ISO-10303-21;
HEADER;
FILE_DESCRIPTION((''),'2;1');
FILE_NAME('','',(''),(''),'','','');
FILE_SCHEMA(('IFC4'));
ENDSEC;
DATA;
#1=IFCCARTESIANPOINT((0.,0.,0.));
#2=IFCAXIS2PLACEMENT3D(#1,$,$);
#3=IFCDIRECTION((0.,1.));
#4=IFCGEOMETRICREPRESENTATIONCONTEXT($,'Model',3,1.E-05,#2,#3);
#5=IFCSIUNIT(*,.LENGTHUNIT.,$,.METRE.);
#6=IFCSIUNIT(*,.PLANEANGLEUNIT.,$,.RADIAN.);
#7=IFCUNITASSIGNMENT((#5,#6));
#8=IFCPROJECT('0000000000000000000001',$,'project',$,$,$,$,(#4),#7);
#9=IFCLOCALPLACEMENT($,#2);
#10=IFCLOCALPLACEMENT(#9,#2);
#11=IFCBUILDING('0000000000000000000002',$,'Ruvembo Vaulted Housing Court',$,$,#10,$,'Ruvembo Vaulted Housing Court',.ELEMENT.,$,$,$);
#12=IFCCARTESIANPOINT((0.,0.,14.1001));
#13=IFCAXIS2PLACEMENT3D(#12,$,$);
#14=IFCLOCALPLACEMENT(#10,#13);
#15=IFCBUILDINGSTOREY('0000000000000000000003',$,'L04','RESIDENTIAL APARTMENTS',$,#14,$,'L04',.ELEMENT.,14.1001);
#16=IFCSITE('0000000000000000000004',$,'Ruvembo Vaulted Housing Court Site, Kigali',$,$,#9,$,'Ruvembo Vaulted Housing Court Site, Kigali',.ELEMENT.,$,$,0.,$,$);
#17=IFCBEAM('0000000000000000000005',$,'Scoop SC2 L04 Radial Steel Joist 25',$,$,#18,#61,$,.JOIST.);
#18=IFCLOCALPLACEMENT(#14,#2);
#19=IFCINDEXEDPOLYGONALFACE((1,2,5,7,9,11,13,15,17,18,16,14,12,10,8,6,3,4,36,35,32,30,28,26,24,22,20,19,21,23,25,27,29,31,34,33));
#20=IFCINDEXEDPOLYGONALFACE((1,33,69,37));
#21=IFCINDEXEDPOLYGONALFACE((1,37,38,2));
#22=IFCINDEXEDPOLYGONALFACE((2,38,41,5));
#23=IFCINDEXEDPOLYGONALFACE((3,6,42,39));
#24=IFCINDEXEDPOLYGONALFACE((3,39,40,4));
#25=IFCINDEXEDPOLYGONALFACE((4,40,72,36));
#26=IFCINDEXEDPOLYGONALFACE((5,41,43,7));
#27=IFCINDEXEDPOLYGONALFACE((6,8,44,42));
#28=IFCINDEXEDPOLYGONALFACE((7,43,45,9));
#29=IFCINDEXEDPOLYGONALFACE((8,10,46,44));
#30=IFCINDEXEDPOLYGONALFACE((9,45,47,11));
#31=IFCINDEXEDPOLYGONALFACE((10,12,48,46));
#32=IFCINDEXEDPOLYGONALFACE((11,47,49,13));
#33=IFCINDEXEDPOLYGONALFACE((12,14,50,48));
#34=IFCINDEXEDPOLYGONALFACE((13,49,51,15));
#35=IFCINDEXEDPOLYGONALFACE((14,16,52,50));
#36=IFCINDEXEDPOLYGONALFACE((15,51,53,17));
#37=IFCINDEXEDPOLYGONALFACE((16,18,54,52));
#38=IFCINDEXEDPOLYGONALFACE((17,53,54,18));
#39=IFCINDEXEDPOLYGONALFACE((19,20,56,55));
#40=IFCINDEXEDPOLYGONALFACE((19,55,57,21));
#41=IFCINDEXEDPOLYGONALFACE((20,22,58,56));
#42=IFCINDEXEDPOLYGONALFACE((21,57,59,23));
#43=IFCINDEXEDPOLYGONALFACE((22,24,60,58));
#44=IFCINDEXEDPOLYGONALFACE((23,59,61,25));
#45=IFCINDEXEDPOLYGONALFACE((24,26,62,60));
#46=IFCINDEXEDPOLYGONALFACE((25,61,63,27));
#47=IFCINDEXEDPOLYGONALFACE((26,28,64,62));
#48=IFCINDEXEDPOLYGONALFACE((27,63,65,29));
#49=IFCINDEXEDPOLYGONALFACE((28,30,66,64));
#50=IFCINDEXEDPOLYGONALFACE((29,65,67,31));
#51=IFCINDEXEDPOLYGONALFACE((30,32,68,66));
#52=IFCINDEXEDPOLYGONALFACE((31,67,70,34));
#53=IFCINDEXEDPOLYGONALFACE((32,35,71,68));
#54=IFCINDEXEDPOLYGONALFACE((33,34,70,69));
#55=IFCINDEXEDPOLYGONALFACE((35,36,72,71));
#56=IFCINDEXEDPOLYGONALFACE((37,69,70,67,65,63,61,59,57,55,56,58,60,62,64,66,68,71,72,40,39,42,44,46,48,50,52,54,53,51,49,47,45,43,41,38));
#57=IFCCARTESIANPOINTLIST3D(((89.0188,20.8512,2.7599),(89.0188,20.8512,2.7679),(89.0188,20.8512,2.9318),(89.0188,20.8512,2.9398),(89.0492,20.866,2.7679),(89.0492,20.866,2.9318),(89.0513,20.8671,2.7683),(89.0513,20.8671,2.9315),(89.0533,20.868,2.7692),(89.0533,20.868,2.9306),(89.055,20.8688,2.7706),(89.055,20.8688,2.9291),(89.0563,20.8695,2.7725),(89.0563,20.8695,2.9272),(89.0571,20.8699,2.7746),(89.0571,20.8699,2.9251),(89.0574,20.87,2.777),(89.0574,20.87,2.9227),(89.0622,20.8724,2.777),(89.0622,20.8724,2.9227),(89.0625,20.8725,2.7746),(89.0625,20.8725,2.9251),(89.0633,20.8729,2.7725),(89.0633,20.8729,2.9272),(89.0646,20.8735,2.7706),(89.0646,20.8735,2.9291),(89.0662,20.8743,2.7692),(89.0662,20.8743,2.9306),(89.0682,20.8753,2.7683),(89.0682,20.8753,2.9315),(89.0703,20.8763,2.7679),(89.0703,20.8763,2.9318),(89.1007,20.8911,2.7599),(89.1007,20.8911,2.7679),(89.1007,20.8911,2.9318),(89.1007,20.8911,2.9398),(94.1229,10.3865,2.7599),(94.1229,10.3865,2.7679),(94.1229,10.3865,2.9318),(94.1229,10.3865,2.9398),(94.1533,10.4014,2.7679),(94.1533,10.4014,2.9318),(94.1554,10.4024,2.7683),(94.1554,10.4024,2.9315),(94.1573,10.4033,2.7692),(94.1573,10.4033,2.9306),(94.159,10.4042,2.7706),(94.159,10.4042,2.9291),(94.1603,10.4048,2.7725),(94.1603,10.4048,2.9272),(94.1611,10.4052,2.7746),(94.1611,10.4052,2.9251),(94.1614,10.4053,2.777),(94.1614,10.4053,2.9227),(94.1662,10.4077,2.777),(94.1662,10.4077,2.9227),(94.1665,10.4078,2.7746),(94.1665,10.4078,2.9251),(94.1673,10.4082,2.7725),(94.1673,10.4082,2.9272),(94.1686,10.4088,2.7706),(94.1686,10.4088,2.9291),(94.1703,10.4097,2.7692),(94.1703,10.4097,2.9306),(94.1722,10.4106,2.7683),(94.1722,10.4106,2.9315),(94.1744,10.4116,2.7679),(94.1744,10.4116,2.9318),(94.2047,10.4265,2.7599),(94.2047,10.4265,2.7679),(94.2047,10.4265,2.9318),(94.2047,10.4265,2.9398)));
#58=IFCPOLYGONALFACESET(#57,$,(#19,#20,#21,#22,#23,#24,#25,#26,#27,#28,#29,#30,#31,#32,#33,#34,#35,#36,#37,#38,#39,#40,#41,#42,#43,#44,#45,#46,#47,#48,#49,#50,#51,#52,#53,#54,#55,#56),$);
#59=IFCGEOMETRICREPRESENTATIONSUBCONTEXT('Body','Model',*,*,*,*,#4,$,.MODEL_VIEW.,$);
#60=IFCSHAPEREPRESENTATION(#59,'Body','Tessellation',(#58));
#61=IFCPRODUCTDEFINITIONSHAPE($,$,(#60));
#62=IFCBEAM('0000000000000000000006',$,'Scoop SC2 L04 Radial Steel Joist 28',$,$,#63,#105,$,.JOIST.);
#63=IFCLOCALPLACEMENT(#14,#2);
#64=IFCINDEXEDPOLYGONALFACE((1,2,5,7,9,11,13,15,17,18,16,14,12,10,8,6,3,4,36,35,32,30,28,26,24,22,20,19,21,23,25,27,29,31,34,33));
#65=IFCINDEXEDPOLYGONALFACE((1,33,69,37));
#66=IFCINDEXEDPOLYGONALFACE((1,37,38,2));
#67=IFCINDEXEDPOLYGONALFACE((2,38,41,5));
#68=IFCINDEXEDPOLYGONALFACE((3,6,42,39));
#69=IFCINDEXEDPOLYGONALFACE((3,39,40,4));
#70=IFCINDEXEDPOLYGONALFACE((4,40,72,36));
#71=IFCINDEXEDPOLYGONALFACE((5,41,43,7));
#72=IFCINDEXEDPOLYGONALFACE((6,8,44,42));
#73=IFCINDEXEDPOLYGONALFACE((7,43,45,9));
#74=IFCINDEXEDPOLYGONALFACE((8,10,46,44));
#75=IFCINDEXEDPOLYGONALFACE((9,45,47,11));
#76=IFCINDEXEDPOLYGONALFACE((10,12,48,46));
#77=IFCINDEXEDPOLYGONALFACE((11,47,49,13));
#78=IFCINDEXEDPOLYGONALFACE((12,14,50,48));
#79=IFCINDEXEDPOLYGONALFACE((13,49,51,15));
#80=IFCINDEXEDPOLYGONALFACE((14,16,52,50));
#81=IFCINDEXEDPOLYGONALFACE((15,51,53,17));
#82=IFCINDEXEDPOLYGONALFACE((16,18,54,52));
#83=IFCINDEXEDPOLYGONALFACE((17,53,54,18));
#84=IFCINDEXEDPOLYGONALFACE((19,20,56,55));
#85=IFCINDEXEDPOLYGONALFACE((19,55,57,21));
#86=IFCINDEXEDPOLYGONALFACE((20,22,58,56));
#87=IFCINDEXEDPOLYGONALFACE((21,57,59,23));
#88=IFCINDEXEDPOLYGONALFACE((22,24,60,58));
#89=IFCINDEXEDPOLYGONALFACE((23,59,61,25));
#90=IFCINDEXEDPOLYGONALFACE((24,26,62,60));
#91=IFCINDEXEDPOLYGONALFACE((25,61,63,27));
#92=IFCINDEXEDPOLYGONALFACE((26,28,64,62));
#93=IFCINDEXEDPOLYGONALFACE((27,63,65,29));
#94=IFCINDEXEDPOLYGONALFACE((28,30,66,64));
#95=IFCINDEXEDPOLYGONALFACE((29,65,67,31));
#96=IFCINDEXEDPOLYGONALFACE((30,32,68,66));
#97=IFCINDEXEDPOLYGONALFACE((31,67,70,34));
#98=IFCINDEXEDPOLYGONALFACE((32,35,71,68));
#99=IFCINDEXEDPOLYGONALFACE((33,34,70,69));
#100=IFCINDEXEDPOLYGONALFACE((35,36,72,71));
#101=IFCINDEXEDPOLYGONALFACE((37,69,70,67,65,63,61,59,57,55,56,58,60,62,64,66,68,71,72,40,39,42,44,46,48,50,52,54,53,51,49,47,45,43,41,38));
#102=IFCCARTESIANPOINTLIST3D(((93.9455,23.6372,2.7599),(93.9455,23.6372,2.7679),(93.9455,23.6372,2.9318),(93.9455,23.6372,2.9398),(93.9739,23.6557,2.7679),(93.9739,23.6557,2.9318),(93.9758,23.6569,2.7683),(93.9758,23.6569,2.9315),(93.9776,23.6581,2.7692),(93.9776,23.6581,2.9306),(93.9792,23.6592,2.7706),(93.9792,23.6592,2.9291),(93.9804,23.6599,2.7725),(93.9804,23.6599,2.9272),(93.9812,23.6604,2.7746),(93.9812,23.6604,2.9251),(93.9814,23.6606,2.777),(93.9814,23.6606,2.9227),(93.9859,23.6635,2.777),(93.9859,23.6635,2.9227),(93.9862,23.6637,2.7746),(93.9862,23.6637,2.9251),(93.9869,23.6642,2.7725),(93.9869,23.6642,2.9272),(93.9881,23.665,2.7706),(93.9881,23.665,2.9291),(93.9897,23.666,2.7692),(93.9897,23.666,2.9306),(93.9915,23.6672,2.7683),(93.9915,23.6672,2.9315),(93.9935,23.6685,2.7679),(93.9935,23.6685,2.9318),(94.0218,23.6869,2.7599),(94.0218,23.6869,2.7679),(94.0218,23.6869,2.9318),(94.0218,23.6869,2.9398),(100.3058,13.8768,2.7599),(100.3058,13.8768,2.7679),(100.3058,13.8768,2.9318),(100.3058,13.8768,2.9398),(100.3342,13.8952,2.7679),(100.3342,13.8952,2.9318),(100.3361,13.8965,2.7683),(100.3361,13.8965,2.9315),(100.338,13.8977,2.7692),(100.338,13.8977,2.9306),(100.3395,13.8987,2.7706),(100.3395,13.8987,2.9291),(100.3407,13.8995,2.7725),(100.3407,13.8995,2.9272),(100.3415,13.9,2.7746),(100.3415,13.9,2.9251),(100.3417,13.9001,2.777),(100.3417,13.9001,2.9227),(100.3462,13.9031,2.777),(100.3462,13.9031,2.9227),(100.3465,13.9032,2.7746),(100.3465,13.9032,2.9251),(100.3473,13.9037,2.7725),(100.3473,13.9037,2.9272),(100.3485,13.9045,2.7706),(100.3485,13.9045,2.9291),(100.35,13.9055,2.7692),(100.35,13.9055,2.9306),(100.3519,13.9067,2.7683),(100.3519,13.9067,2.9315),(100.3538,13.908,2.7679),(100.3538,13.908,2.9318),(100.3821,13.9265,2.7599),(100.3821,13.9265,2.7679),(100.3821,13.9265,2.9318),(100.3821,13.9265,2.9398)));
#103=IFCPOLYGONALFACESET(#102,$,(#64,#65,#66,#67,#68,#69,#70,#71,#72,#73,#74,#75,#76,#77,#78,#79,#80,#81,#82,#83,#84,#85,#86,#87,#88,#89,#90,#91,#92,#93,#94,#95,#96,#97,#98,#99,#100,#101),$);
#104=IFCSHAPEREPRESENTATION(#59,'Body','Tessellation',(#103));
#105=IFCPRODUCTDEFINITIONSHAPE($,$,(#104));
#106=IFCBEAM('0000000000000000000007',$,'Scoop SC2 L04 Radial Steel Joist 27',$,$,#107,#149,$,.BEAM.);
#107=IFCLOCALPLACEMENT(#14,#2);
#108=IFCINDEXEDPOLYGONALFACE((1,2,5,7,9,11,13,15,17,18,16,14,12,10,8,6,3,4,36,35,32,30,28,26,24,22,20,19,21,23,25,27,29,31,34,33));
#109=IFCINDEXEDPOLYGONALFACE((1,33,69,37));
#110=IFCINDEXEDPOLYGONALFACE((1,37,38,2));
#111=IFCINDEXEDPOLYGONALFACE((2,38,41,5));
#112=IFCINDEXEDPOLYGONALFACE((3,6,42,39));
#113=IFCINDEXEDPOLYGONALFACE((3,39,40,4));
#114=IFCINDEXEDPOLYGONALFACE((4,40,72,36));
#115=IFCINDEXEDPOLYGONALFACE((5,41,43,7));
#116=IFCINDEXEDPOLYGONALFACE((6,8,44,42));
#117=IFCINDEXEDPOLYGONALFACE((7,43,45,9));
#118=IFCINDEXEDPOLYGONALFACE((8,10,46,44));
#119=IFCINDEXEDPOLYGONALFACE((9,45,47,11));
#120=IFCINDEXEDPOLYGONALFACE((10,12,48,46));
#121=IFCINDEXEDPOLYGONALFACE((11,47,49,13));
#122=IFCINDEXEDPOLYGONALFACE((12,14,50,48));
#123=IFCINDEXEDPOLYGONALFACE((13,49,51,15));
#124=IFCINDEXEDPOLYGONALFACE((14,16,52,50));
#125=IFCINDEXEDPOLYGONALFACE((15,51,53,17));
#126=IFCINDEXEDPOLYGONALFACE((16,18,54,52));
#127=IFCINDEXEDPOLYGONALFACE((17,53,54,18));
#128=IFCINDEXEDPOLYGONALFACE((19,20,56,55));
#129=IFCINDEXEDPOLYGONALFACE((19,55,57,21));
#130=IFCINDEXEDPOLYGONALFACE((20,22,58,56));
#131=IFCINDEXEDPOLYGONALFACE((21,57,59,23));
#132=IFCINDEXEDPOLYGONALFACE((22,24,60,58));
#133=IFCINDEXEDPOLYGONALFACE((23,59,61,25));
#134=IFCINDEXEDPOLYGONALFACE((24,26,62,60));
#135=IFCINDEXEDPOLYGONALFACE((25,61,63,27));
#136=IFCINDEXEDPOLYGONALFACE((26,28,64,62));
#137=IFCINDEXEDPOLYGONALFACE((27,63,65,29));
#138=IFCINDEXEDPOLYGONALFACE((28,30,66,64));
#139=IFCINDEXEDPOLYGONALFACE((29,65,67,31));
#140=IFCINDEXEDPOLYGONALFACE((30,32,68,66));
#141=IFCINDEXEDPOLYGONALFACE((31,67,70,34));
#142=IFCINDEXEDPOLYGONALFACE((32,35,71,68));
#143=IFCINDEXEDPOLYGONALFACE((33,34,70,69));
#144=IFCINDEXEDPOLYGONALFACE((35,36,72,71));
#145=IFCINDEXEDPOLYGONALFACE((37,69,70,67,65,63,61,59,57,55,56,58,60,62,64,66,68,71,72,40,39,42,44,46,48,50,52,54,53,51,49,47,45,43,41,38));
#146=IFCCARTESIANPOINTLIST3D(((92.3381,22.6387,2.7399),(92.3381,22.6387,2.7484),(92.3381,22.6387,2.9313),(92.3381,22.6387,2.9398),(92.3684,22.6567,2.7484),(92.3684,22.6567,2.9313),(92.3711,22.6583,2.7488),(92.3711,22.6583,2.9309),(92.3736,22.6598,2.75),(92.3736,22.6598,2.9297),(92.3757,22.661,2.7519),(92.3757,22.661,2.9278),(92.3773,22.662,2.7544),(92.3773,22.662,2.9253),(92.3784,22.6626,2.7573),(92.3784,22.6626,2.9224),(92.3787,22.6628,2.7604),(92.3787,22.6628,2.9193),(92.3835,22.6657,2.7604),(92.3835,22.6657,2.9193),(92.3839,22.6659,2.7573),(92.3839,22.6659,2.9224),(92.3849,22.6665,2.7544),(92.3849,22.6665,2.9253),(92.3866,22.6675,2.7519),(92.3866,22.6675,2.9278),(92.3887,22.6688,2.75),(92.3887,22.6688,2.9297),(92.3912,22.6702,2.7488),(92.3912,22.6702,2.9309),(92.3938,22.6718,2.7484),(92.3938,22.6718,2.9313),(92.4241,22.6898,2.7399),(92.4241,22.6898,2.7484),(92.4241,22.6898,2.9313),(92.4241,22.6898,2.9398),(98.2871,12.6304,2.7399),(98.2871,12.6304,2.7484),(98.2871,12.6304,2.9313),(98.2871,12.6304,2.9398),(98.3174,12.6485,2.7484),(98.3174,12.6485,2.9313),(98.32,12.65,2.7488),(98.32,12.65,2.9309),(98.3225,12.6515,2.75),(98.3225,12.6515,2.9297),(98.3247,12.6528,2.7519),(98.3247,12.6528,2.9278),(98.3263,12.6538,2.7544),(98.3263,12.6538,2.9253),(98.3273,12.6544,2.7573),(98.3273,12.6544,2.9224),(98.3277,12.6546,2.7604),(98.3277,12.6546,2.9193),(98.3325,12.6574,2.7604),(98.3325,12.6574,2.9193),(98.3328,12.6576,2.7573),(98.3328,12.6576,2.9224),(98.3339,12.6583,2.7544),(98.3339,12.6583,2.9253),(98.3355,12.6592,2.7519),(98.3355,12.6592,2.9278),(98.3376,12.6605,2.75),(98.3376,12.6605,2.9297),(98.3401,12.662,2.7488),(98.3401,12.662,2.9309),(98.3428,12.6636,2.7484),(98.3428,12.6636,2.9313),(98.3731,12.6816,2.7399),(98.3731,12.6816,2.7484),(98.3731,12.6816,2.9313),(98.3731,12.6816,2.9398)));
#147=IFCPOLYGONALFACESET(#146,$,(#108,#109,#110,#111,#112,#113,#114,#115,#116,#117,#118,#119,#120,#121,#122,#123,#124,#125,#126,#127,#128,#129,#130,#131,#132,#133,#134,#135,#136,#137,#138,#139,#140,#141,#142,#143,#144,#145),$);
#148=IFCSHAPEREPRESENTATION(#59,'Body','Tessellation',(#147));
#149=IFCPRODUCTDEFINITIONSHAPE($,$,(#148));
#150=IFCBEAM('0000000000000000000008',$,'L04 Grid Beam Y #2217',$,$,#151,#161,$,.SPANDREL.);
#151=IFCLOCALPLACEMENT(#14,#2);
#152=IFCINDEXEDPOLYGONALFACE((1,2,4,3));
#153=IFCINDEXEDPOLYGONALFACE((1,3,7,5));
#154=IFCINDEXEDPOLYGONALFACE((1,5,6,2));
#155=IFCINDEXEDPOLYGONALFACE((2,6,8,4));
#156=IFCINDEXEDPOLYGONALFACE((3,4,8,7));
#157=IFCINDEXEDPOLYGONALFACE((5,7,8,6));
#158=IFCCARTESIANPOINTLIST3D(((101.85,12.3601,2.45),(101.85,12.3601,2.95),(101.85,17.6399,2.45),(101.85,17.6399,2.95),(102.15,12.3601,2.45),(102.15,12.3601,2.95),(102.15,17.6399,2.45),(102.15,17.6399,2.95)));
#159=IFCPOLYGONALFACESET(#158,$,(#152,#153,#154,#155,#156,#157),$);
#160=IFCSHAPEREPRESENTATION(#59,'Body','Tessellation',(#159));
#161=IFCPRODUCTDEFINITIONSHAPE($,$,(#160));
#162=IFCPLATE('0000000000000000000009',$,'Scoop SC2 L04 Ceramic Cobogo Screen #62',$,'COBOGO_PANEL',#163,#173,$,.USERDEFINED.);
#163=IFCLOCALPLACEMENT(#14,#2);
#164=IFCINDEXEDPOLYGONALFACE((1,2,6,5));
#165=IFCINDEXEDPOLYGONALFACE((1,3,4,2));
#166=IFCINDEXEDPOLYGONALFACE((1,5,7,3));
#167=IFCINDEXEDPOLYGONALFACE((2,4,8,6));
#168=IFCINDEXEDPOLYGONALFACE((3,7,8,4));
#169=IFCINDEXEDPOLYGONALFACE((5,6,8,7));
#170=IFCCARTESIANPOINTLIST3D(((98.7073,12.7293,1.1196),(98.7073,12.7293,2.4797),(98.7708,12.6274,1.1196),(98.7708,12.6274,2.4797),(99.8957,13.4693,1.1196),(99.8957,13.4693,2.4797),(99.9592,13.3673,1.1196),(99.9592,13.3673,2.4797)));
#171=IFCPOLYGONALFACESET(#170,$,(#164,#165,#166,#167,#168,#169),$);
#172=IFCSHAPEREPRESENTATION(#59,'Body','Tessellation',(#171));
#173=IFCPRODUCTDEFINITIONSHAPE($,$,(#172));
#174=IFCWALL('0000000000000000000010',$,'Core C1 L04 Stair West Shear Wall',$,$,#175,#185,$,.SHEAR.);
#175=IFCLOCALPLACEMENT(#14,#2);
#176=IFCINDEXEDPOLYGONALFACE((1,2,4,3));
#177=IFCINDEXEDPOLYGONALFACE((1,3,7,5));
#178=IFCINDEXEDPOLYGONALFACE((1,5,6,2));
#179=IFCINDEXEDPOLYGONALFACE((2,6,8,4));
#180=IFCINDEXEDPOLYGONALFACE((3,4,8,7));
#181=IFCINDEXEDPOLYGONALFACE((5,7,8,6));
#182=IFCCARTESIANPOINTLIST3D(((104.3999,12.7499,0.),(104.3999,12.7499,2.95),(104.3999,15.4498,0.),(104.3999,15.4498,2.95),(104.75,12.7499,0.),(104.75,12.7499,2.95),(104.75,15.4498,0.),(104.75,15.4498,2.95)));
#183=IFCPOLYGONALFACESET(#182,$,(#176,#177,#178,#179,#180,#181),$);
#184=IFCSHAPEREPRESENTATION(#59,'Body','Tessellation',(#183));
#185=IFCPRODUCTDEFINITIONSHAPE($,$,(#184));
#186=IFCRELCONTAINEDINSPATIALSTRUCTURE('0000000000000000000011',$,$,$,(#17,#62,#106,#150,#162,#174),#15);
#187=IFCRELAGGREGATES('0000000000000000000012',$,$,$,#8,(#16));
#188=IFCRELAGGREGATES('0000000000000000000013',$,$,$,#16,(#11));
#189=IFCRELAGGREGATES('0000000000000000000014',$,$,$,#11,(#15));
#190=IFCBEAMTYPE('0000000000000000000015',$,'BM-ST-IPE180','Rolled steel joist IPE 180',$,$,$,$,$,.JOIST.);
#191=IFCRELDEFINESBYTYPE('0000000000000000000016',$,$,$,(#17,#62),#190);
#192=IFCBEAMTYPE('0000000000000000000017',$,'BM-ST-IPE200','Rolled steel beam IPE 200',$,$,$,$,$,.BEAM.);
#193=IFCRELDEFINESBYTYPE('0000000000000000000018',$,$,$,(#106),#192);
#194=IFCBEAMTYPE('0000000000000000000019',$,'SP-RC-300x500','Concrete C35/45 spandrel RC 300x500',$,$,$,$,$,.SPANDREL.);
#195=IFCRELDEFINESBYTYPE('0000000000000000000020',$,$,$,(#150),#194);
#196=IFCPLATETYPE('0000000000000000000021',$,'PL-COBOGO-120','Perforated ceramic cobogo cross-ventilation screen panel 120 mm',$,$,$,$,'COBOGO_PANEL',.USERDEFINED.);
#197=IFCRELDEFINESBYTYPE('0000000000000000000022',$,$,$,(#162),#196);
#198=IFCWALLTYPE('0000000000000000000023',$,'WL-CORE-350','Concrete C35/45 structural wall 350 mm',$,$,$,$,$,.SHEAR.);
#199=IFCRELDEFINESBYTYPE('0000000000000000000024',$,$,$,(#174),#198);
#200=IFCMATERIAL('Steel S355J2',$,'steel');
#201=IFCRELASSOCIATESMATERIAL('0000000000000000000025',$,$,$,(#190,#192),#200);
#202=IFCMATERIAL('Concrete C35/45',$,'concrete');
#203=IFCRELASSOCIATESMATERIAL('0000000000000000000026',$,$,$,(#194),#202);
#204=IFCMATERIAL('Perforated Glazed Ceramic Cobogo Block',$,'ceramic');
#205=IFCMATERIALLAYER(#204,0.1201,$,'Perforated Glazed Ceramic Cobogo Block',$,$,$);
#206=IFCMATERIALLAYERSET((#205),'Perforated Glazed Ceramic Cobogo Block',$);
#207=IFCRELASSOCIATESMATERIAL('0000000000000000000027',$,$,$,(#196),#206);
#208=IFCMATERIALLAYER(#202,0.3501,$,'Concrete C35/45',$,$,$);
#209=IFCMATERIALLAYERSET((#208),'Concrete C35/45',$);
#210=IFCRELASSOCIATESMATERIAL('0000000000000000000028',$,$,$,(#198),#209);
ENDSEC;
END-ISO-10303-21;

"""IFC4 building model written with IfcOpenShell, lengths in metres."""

from ifc_helpers import new_model, si_unit, direction, frame, frame_2d, origin, origin_2d, place, context, subcontext, project, spatial, rectangle, i_section, extrude, material, layer, layer_set, material_profile, profile_set, type_object, element, save


model = new_model("IFC4")

# Units and contexts
model_context = context("Model", 3, precision=1e-05, world=origin(), true_north=direction((0.0, 1.0)))
body_context = subcontext(model_context, "Body", "Model", "MODEL_VIEW")
ifc_project = project(units=[si_unit("LENGTHUNIT", "METRE"), si_unit("PLANEANGLEUNIT", "RADIAN")], contexts=[model_context])

# Site, building, storey
site_placement = place(None, origin())
site = spatial("IfcSite", under=ifc_project, at=site_placement, Name="Ruvembo Vaulted Housing Court Site, Kigali", LongName="Ruvembo Vaulted Housing Court Site, Kigali", CompositionType="ELEMENT", RefElevation=0.0)
building_placement = place(site_placement, origin())
building = spatial("IfcBuilding", under=site, at=building_placement, Name="Ruvembo Vaulted Housing Court", LongName="Ruvembo Vaulted Housing Court", CompositionType="ELEMENT")
storey_placement = place(building_placement, frame((0.0, 0.0, 14.1001)))
storey = spatial("IfcBuildingStorey", under=building, at=storey_placement, Name="L04", Description="RESIDENTIAL APARTMENTS", LongName="L04", CompositionType="ELEMENT", Elevation=14.1001)

# Shared definitions
ifc_material_1 = material(Name="Concrete C35/45", Category="concrete")

# Beams
ifc_material_2 = material(Name="Steel S355J2", Category="steel")
ifc_material_profile_1 = material_profile(ifc_material_2, i_section(OverallWidth=0.0911, OverallDepth=0.1799, WebThickness=0.0054, FlangeThickness=0.0081, FilletRadius=0.009, at=origin_2d()), Name="IPE 180")
ifc_profile_set_1 = profile_set([ifc_material_profile_1], Name="Steel S355J2")
beam_type_1 = type_object("IfcBeamType", Name="BM-ST-IPE180", Description="Rolled steel joist IPE 180", PredefinedType="JOIST", material=ifc_profile_set_1)
beam_1_placement = place(storey_placement, frame((94.1638, 10.4065, 2.8499), z_axis=(-0.438377, 0.898791, 0.0), x_axis=(-0.898791, -0.438377, 0.0)))
element("IfcBeam", 1, at=beam_1_placement, inside=storey, type_object=beam_type_1, Name="Scoop SC2 L04 Radial Steel Joist 25", PredefinedType="JOIST", context=body_context, shape_type="SweptSolid", body=[
    extrude(i_section(OverallWidth=0.0911, OverallDepth=0.1799, WebThickness=0.0054, FlangeThickness=0.0081, FilletRadius=0.009, at=origin_2d()), origin(), (0.0, 0.0, 1.0), 11.6431),
])
beam_2_placement = place(storey_placement, frame((100.344, 13.9016, 2.8499), z_axis=(-0.545955, 0.837814, 0.0), x_axis=(-0.837814, -0.545955, 0.0)))
element("IfcBeam", 2, at=beam_2_placement, inside=storey, type_object=beam_type_1, Name="Scoop SC2 L04 Radial Steel Joist 28", PredefinedType="JOIST", context=body_context, shape_type="SweptSolid", body=[
    extrude(i_section(OverallWidth=0.0911, OverallDepth=0.1799, WebThickness=0.0054, FlangeThickness=0.0081, FilletRadius=0.009, at=origin_2d()), origin(), (0.0, 0.0, 1.0), 11.6499),
])
ifc_material_profile_2 = material_profile(ifc_material_2, i_section(OverallWidth=0.1001, OverallDepth=0.2, WebThickness=0.0056, FlangeThickness=0.0085, FilletRadius=0.012, at=origin_2d()), Name="IPE 200")
ifc_profile_set_2 = profile_set([ifc_material_profile_2], Name="Steel S355J2")
beam_type_2 = type_object("IfcBeamType", Name="BM-ST-IPE200", Description="Rolled steel beam IPE 200", PredefinedType="BEAM", material=ifc_profile_set_2)
beam_3_placement = place(storey_placement, frame((98.3301, 12.656, 2.8398), z_axis=(-0.510954, 0.859608, 0.0), x_axis=(-0.859608, -0.510954, 0.0)))
element("IfcBeam", 3, at=beam_3_placement, inside=storey, type_object=beam_type_2, Name="Scoop SC2 L04 Radial Steel Joist 27", PredefinedType="BEAM", context=body_context, shape_type="SweptSolid", body=[
    extrude(i_section(OverallWidth=0.1001, OverallDepth=0.2, WebThickness=0.0056, FlangeThickness=0.0085, FilletRadius=0.012, at=origin_2d()), origin(), (0.0, 0.0, 1.0), 11.6428),
])
ifc_material_profile_3 = material_profile(ifc_material_1, rectangle(XDim=0.3, YDim=0.5, at=origin_2d()), Name="RC 300x500")
ifc_profile_set_3 = profile_set([ifc_material_profile_3], Name="Concrete C35/45")
beam_type_3 = type_object("IfcBeamType", Name="SP-RC-300x500", Description="Concrete C35/45 spandrel RC 300x500", PredefinedType="SPANDREL", material=ifc_profile_set_3)
beam_4_placement = place(storey_placement, frame((102.0, 12.3601, 2.7), z_axis=(0.0, 1.0, 0.0), x_axis=(-1.0, 0.0, 0.0)))
element("IfcBeam", 4, at=beam_4_placement, inside=storey, type_object=beam_type_3, Name="L04 Grid Beam Y #2217", PredefinedType="SPANDREL", context=body_context, shape_type="SweptSolid", body=[
    extrude(rectangle(XDim=0.3, YDim=0.5, at=origin_2d()), origin(), (0.0, 0.0, 1.0), 5.2798),
])

# Plate
ifc_material_3 = material(Name="Perforated Glazed Ceramic Cobogo Block", Category="ceramic")
ifc_layer_1 = layer(ifc_material_3, 0.1201, Name="Perforated Glazed Ceramic Cobogo Block")
ifc_layer_set_1 = layer_set([ifc_layer_1], Name="Perforated Glazed Ceramic Cobogo Block")
plate_type = type_object("IfcPlateType", Name="PL-COBOGO-120", Description="Perforated ceramic cobogo cross-ventilation screen panel 120 mm", ElementType="COBOGO_PANEL", PredefinedType="USERDEFINED", material=ifc_layer_set_1)
plate_placement = place(storey_placement, frame((99.3333, 13.0483, 1.1196), z_axis=(0.0, 0.0, 1.0), x_axis=(0.848889, 0.528572, 0.0)))
element("IfcPlate", 5, at=plate_placement, inside=storey, type_object=plate_type, Name="Scoop SC2 L04 Ceramic Cobogo Screen #62", ObjectType="COBOGO_PANEL", PredefinedType="USERDEFINED", context=body_context, shape_type="SweptSolid", body=[
    extrude(rectangle(XDim=1.3999, YDim=0.1201, at=origin_2d()), origin(), (0.0, 0.0, 1.0), 1.3601),
])

# Shared definitions
ifc_layer_2 = layer(ifc_material_1, 0.3501, Name="Concrete C35/45")
ifc_layer_set_2 = layer_set([ifc_layer_2], Name="Concrete C35/45")
wall_type_1 = type_object("IfcWallType", Name="WL-CORE-350", Description="Concrete C35/45 structural wall 350 mm", PredefinedType="SHEAR", material=ifc_layer_set_2)

# Wall
wall_1_placement = place(storey_placement, frame((104.575, 15.45, 0.0), z_axis=(0.0, 0.0, 1.0), x_axis=(0.0, -1.0, 0.0)))
element("IfcWall", 6, at=wall_1_placement, inside=storey, type_object=wall_type_1, Name="Core C1 L04 Stair West Shear Wall", PredefinedType="SHEAR", context=body_context, shape_type="SweptSolid", body=[
    extrude(rectangle(XDim=2.7, YDim=0.3501, at=frame_2d((1.3501, 0.0))), origin(), (0.0, 0.0, 1.0), 2.95),
])

save(model, "model.ifc")
